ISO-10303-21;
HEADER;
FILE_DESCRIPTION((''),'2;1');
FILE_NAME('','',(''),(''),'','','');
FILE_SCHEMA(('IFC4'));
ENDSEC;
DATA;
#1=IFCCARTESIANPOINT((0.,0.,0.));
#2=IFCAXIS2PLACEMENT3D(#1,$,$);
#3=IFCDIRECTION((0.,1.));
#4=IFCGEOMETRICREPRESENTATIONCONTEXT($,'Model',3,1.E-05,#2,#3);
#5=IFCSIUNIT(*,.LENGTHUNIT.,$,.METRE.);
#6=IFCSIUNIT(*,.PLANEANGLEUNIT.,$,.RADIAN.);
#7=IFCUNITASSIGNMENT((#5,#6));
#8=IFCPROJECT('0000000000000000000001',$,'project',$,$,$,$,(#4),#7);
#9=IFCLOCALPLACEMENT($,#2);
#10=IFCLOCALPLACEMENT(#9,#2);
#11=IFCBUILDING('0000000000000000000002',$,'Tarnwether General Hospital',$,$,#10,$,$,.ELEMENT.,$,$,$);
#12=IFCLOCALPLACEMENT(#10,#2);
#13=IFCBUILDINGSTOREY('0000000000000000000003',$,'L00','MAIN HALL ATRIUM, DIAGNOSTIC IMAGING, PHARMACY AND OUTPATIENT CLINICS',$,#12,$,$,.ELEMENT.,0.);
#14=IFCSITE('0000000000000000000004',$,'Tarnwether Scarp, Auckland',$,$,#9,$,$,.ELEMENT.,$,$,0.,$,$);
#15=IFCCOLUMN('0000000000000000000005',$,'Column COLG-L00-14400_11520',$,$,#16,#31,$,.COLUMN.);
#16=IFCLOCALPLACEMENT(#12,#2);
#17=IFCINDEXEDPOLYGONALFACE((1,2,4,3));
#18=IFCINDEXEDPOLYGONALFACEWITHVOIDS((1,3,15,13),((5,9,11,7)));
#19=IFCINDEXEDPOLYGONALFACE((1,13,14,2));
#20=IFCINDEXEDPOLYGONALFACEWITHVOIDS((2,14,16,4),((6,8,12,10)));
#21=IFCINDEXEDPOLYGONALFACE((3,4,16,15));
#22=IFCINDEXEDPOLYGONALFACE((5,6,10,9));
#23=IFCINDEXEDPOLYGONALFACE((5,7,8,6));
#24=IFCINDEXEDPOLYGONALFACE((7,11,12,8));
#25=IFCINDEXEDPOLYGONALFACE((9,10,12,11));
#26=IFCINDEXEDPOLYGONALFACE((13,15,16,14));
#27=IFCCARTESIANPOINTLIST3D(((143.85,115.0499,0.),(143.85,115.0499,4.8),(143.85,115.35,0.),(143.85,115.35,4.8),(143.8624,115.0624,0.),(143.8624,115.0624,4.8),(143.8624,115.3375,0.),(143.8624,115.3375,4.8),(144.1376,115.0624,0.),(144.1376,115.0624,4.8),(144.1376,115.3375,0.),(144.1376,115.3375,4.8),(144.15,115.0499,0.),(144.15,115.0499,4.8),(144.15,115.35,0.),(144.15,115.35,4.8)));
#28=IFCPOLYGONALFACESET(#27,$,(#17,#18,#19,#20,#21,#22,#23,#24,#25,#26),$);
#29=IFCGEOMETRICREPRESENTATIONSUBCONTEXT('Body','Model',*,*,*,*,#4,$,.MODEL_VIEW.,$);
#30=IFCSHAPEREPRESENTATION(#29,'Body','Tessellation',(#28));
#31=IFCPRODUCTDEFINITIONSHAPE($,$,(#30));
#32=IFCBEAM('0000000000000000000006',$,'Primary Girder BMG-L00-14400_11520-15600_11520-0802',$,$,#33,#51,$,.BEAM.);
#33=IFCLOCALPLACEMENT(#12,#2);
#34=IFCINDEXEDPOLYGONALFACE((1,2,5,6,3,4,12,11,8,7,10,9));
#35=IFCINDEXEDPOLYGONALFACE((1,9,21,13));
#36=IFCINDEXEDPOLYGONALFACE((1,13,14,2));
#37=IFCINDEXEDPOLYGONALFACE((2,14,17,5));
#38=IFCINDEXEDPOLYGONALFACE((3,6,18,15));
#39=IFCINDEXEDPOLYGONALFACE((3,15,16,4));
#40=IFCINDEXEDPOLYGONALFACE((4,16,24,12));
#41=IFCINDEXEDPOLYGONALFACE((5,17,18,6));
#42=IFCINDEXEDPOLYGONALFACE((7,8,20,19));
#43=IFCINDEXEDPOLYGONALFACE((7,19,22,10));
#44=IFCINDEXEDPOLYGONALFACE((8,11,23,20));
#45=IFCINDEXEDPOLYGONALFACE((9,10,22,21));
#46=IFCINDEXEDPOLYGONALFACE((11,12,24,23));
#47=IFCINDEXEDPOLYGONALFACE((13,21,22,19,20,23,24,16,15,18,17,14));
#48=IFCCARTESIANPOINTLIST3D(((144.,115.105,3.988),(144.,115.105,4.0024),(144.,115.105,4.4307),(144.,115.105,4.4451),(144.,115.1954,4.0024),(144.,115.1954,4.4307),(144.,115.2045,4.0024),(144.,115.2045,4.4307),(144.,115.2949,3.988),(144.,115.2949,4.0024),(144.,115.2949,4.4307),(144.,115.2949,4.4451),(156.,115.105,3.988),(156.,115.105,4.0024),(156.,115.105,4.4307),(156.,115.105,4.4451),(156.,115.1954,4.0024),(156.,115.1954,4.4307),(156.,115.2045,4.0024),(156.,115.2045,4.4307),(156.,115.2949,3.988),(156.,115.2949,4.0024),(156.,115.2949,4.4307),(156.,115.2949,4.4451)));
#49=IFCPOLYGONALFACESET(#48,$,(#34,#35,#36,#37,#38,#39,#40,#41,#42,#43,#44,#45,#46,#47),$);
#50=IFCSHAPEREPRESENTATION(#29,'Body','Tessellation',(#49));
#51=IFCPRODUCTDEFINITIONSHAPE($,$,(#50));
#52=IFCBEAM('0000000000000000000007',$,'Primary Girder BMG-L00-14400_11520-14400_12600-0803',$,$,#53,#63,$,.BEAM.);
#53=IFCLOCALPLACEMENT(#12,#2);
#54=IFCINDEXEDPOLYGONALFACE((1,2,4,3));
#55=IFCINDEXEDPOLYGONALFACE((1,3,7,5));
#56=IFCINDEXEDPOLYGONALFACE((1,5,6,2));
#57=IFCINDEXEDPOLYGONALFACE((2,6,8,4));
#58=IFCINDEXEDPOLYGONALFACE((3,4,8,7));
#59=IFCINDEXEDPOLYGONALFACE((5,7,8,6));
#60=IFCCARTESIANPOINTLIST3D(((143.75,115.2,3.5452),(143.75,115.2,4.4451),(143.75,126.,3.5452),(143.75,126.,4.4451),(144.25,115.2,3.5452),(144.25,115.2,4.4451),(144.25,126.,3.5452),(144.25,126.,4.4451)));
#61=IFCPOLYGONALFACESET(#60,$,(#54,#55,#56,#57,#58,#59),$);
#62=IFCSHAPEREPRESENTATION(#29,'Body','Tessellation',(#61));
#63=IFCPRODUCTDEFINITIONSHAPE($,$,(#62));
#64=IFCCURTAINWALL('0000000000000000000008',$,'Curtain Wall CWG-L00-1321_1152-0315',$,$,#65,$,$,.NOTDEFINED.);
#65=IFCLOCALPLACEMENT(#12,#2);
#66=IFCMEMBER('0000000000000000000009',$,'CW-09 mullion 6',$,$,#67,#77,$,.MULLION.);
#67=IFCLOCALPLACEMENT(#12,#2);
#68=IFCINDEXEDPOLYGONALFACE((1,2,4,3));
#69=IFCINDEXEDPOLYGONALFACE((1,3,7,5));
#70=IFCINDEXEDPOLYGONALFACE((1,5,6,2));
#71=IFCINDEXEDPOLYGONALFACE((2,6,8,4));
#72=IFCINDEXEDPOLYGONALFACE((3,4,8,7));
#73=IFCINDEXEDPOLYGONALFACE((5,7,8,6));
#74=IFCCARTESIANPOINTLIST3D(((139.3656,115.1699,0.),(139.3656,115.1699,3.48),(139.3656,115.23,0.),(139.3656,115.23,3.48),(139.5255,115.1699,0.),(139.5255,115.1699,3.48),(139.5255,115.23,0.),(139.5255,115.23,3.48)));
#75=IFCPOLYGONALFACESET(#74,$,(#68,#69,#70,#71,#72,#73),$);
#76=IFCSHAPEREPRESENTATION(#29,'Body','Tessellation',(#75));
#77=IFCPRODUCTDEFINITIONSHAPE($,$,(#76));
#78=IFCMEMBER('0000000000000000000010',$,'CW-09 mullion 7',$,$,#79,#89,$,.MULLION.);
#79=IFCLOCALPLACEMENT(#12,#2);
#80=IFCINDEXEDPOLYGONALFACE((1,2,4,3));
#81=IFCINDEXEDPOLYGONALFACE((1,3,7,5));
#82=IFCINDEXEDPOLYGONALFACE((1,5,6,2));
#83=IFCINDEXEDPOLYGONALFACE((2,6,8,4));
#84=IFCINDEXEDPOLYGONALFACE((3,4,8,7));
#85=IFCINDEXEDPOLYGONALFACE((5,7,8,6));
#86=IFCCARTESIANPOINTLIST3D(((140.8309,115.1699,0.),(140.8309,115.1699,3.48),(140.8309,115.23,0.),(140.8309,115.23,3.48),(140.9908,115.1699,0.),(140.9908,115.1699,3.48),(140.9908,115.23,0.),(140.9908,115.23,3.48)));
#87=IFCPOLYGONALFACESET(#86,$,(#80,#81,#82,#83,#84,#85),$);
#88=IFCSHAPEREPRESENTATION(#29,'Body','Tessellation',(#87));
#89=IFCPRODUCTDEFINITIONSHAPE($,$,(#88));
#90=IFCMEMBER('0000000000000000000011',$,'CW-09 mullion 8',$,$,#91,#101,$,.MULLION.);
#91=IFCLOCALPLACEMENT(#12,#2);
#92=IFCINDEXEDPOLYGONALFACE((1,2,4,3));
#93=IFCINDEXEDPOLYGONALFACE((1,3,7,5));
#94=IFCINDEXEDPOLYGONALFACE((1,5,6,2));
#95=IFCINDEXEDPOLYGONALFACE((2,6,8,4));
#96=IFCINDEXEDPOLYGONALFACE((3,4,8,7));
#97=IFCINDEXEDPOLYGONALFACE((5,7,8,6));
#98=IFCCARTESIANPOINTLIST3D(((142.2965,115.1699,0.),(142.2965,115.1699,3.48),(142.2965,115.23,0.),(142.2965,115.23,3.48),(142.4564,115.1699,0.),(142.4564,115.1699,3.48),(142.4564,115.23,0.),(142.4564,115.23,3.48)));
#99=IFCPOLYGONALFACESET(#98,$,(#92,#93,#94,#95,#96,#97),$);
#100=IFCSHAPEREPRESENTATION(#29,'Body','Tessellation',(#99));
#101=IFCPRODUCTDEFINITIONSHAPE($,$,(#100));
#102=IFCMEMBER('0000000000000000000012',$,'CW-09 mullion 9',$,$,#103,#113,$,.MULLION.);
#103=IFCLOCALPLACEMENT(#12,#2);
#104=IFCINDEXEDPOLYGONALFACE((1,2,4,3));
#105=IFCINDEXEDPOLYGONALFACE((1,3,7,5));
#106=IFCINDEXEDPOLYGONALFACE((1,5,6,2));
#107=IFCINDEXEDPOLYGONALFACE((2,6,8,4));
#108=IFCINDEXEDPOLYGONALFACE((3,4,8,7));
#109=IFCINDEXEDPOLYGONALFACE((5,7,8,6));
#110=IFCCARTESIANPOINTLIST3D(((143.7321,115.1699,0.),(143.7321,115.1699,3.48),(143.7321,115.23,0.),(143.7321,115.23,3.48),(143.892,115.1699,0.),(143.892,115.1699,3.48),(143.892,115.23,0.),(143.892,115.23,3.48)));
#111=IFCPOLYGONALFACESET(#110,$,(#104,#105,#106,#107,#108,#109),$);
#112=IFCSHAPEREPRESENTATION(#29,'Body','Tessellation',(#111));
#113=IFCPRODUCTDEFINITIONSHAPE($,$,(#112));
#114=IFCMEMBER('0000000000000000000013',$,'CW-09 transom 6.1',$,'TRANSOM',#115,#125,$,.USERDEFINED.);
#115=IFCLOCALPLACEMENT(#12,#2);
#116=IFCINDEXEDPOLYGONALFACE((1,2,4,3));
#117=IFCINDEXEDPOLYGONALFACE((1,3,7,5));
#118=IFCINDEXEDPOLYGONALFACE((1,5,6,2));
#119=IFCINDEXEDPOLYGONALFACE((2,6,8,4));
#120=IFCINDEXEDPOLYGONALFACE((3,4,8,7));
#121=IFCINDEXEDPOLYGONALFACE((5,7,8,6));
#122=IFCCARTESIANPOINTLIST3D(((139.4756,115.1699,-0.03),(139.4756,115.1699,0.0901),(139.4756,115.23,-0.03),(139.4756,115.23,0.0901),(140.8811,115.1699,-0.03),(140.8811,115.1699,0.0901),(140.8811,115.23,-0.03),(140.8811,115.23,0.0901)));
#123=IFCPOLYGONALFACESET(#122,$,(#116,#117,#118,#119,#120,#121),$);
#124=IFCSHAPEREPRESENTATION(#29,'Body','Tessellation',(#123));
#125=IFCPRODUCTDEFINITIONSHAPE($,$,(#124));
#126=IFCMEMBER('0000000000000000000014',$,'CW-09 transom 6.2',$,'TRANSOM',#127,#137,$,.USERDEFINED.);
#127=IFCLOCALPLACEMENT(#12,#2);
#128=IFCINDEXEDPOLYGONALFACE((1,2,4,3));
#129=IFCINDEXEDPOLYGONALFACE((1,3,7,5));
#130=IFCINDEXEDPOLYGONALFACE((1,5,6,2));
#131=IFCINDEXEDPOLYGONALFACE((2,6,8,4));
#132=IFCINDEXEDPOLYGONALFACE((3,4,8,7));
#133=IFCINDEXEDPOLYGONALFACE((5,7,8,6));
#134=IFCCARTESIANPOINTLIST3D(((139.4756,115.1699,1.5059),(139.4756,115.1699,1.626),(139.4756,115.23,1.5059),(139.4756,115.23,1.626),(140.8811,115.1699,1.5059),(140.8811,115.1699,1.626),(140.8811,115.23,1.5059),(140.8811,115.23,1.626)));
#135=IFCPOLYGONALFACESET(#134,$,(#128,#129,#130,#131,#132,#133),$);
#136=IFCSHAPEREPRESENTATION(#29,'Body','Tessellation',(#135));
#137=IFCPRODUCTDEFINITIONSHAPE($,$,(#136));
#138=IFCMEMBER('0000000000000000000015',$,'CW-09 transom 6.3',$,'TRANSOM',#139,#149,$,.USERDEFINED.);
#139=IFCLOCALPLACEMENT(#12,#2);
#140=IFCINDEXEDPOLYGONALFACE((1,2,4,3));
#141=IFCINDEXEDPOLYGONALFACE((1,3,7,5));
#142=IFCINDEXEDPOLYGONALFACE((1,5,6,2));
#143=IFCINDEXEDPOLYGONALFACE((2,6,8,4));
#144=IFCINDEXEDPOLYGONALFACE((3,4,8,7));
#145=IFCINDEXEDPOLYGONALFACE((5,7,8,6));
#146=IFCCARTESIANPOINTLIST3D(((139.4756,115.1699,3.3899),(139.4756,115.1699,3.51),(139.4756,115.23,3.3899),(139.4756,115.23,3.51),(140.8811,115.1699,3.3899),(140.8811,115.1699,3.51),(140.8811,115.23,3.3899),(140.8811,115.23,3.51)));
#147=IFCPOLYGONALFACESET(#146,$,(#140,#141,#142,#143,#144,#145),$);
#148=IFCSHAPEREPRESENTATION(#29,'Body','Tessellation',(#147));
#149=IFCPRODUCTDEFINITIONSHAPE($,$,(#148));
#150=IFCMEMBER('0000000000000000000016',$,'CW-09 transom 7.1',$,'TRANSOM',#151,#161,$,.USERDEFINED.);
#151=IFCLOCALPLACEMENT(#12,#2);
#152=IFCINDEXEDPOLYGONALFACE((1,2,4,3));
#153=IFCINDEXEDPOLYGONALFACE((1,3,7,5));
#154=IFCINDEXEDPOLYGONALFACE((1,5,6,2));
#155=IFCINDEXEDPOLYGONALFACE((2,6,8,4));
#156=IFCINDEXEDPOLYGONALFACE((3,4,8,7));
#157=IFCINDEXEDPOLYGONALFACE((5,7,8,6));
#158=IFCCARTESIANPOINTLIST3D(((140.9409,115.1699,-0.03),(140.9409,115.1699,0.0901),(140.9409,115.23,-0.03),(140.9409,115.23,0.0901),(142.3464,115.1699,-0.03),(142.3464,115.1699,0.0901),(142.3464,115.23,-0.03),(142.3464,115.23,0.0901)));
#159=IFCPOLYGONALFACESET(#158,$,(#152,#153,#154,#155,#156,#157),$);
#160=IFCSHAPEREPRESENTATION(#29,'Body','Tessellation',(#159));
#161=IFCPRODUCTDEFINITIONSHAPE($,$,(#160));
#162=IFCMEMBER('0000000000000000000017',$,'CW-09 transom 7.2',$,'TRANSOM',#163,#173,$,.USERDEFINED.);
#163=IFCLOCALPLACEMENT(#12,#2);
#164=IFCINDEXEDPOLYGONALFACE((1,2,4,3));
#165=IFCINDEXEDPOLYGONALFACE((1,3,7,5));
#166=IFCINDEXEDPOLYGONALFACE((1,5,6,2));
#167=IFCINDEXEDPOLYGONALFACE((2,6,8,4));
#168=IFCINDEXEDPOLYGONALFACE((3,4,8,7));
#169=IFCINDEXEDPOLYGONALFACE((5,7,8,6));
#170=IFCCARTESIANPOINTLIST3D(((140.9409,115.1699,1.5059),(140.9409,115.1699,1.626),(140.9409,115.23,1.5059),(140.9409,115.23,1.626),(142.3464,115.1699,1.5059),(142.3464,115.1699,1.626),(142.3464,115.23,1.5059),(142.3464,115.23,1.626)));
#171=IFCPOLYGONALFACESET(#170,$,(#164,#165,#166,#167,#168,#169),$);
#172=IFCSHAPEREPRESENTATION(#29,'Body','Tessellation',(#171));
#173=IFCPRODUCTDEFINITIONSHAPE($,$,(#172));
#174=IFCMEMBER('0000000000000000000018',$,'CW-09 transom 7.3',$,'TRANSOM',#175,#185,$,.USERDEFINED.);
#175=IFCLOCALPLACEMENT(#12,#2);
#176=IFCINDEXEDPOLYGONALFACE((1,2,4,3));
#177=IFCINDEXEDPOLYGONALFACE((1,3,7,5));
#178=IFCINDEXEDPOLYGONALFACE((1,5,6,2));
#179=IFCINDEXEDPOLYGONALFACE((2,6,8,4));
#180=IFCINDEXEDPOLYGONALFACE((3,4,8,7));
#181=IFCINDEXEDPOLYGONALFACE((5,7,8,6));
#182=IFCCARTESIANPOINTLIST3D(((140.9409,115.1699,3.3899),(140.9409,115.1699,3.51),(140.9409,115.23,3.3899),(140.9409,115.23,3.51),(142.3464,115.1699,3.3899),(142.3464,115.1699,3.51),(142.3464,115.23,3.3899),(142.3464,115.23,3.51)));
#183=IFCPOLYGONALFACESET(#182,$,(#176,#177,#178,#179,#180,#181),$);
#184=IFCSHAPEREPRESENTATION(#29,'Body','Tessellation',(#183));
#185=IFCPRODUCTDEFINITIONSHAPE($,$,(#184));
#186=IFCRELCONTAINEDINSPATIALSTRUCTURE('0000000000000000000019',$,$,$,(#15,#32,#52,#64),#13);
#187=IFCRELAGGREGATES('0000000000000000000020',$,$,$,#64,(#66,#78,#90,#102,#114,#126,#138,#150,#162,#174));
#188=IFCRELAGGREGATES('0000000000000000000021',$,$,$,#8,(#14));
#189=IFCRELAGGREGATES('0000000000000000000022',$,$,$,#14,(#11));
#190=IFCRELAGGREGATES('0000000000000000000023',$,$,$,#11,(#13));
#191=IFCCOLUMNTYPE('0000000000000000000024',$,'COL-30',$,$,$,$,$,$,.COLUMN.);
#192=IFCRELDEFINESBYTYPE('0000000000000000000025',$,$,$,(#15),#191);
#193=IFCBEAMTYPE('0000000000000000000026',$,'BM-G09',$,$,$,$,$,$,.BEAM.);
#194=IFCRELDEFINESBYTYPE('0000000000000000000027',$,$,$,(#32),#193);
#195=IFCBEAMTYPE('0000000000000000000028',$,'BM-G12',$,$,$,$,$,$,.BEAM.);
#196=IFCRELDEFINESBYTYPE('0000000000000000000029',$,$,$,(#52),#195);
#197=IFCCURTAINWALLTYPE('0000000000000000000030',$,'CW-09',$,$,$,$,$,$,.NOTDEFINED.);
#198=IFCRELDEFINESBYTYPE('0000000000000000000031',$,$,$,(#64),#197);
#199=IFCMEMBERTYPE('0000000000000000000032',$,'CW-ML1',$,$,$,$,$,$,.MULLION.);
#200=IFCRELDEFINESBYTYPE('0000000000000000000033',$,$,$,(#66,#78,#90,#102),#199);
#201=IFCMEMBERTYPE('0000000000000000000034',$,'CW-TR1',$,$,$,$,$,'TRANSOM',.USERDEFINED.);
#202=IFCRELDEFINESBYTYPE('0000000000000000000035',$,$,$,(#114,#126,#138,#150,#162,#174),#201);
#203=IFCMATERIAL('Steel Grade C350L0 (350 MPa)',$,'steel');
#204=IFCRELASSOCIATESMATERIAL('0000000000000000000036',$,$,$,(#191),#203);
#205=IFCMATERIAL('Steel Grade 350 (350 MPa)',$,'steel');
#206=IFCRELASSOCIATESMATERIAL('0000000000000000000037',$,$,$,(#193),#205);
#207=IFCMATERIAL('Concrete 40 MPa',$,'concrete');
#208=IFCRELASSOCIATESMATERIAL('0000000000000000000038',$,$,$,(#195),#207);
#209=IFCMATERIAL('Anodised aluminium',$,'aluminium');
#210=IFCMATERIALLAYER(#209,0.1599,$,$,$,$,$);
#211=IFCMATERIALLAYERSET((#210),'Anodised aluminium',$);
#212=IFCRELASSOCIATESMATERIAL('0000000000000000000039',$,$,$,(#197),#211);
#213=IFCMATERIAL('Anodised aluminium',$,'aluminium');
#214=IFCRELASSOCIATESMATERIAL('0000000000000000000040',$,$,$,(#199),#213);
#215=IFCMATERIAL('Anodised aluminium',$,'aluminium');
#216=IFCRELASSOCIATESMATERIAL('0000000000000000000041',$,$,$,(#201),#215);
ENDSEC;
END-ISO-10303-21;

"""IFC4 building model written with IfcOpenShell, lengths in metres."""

from ifc_helpers import new_model, si_unit, direction, frame, origin, origin_2d, place, context, subcontext, project, spatial, rectangle, hollow_rectangle, i_section, extrude, material, layer, layer_set, material_profile, profile_set, type_object, element, aggregate, save


model = new_model("IFC4")

# Units and contexts
model_context = context("Model", 3, precision=1e-05, world=origin(), true_north=direction((0.0, 1.0)))
body_context = subcontext(model_context, "Body", "Model", "MODEL_VIEW")
ifc_project = project(units=[si_unit("LENGTHUNIT", "METRE"), si_unit("PLANEANGLEUNIT", "RADIAN")], contexts=[model_context])

# Site, building, storey
site_placement = place(None, origin())
site = spatial("IfcSite", under=ifc_project, at=site_placement, Name="Tarnwether Scarp, Auckland", CompositionType="ELEMENT", RefElevation=0.0)
building_placement = place(site_placement, origin())
building = spatial("IfcBuilding", under=site, at=building_placement, Name="Tarnwether General Hospital", CompositionType="ELEMENT")
storey_placement = place(building_placement, origin())
storey = spatial("IfcBuildingStorey", under=building, at=storey_placement, Name="L00", Description="MAIN HALL ATRIUM, DIAGNOSTIC IMAGING, PHARMACY AND OUTPATIENT CLINICS", CompositionType="ELEMENT", Elevation=0.0)

# Column
ifc_material_1 = material(Name="Steel Grade C350L0 (350 MPa)", Category="steel")
ifc_material_profile_1 = material_profile(ifc_material_1, hollow_rectangle(XDim=0.3, YDim=0.3, WallThickness=0.0125, at=origin_2d()), Name="SHS300x300x12.5")
ifc_profile_set_1 = profile_set([ifc_material_profile_1], Name="Steel Grade C350L0 (350 MPa)")
column_type = type_object("IfcColumnType", Name="COL-30", PredefinedType="COLUMN", material=ifc_profile_set_1)
column_placement = place(storey_placement, frame((144.0, 115.2, 0.0), z_axis=(0.0, 0.0, 1.0), x_axis=(1.0, 0.0, 0.0)))
element("IfcColumn", 1, at=column_placement, inside=storey, type_object=column_type, Name="Column COLG-L00-14400_11520", PredefinedType="COLUMN", context=body_context, shape_type="SweptSolid", body=[
    extrude(hollow_rectangle(XDim=0.3, YDim=0.3, WallThickness=0.0125, at=origin_2d()), origin(), (0.0, 0.0, 1.0), 4.8),
])

# Beams
ifc_material_2 = material(Name="Steel Grade 350 (350 MPa)", Category="steel")
ifc_material_profile_2 = material_profile(ifc_material_2, i_section(OverallWidth=0.1899, OverallDepth=0.457, WebThickness=0.009, FlangeThickness=0.0144, at=origin_2d()), Name="460UB74.6")
ifc_profile_set_2 = profile_set([ifc_material_profile_2], Name="Steel Grade 350 (350 MPa)")
beam_type_1 = type_object("IfcBeamType", Name="BM-G09", PredefinedType="BEAM", material=ifc_profile_set_2)
beam_1_placement = place(storey_placement, frame((144.0, 115.2, 4.2166), z_axis=(1.0, 0.0, 0.0), x_axis=(0.0, 1.0, 0.0)))
element("IfcBeam", 2, at=beam_1_placement, inside=storey, type_object=beam_type_1, Name="Primary Girder BMG-L00-14400_11520-15600_11520-0802", PredefinedType="BEAM", context=body_context, shape_type="SweptSolid", body=[
    extrude(i_section(OverallWidth=0.1899, OverallDepth=0.457, WebThickness=0.009, FlangeThickness=0.0144, at=origin_2d()), origin(), (0.0, 0.0, 1.0), 12.0),
])
ifc_material_3 = material(Name="Concrete 40 MPa", Category="concrete")
ifc_material_profile_3 = material_profile(ifc_material_3, rectangle(XDim=0.5, YDim=0.8999, at=origin_2d()), Name="RC-BM-500x900")
ifc_profile_set_3 = profile_set([ifc_material_profile_3], Name="Concrete 40 MPa")
beam_type_2 = type_object("IfcBeamType", Name="BM-G12", PredefinedType="BEAM", material=ifc_profile_set_3)
beam_2_placement = place(storey_placement, frame((144.0, 115.2, 3.9951), z_axis=(0.0, 1.0, 0.0), x_axis=(-1.0, 0.0, 0.0)))
element("IfcBeam", 3, at=beam_2_placement, inside=storey, type_object=beam_type_2, Name="Primary Girder BMG-L00-14400_11520-14400_12600-0803", PredefinedType="BEAM", context=body_context, shape_type="SweptSolid", body=[
    extrude(rectangle(XDim=0.5, YDim=0.8999, at=origin_2d()), origin(), (0.0, 0.0, 1.0), 10.8),
])

# Curtain wall, members
ifc_material_4 = material(Name="Anodised aluminium", Category="aluminium")
ifc_layer_1 = layer(ifc_material_4, 0.1599)
ifc_layer_set_1 = layer_set([ifc_layer_1], Name="Anodised aluminium")
curtain_wall_type = type_object("IfcCurtainWallType", Name="CW-09", PredefinedType="NOTDEFINED", material=ifc_layer_set_1)
curtain_wall_placement = place(storey_placement, origin())
curtain_wall = element("IfcCurtainWall", 4, at=curtain_wall_placement, inside=storey, type_object=curtain_wall_type, Name="Curtain Wall CWG-L00-1321_1152-0315", PredefinedType="NOTDEFINED")
ifc_material_5 = material(Name="Anodised aluminium", Category="aluminium")
ifc_material_profile_4 = material_profile(ifc_material_5, rectangle(XDim=0.0601, YDim=0.1599, at=origin_2d()), Name="ALU-MUL-60x160")
ifc_profile_set_4 = profile_set([ifc_material_profile_4], Name="Anodised aluminium")
member_type_1 = type_object("IfcMemberType", Name="CW-ML1", PredefinedType="MULLION", material=ifc_profile_set_4)
member_1_placement = place(storey_placement, frame((139.4456, 115.2, 0.0), z_axis=(0.0, 0.0, 1.0), x_axis=(0.0, 1.0, 0.0)))
member_1 = element("IfcMember", 5, at=member_1_placement, type_object=member_type_1, Name="CW-09 mullion 6", PredefinedType="MULLION", context=body_context, shape_type="SweptSolid", body=[
    extrude(rectangle(XDim=0.0601, YDim=0.1599, at=origin_2d()), origin(), (0.0, 0.0, 1.0), 3.48),
])
member_2_placement = place(storey_placement, frame((140.9109, 115.2, 0.0), z_axis=(0.0, 0.0, 1.0), x_axis=(0.0, 1.0, 0.0)))
member_2 = element("IfcMember", 6, at=member_2_placement, type_object=member_type_1, Name="CW-09 mullion 7", PredefinedType="MULLION", context=body_context, shape_type="SweptSolid", body=[
    extrude(rectangle(XDim=0.0601, YDim=0.1599, at=origin_2d()), origin(), (0.0, 0.0, 1.0), 3.48),
])
member_3_placement = place(storey_placement, frame((142.3765, 115.2, 0.0), z_axis=(0.0, 0.0, 1.0), x_axis=(0.0, 1.0, 0.0)))
member_3 = element("IfcMember", 7, at=member_3_placement, type_object=member_type_1, Name="CW-09 mullion 8", PredefinedType="MULLION", context=body_context, shape_type="SweptSolid", body=[
    extrude(rectangle(XDim=0.0601, YDim=0.1599, at=origin_2d()), origin(), (0.0, 0.0, 1.0), 3.48),
])
member_4_placement = place(storey_placement, frame((143.812, 115.2, 0.0), z_axis=(0.0, 0.0, 1.0), x_axis=(0.0, 1.0, 0.0)))
member_4 = element("IfcMember", 8, at=member_4_placement, type_object=member_type_1, Name="CW-09 mullion 9", PredefinedType="MULLION", context=body_context, shape_type="SweptSolid", body=[
    extrude(rectangle(XDim=0.0601, YDim=0.1599, at=origin_2d()), origin(), (0.0, 0.0, 1.0), 3.48),
])
ifc_material_6 = material(Name="Anodised aluminium", Category="aluminium")
ifc_material_profile_5 = material_profile(ifc_material_6, rectangle(XDim=0.0601, YDim=0.1201, at=origin_2d()), Name="ALU-TRN-60x120")
ifc_profile_set_5 = profile_set([ifc_material_profile_5], Name="Anodised aluminium")
member_type_2 = type_object("IfcMemberType", Name="CW-TR1", ElementType="TRANSOM", PredefinedType="USERDEFINED", material=ifc_profile_set_5)
member_5_placement = place(storey_placement, frame((139.4756, 115.2, 0.03), z_axis=(1.0, 0.0, 0.0), x_axis=(0.0, 1.0, 0.0)))
member_5 = element("IfcMember", 9, at=member_5_placement, type_object=member_type_2, Name="CW-09 transom 6.1", ObjectType="TRANSOM", PredefinedType="USERDEFINED", context=body_context, shape_type="SweptSolid", body=[
    extrude(rectangle(XDim=0.0601, YDim=0.1201, at=origin_2d()), origin(), (0.0, 0.0, 1.0), 1.4055),
])
member_6_placement = place(storey_placement, frame((139.4756, 115.2, 1.5659), z_axis=(1.0, 0.0, 0.0), x_axis=(0.0, 1.0, 0.0)))
member_6 = element("IfcMember", 10, at=member_6_placement, type_object=member_type_2, Name="CW-09 transom 6.2", ObjectType="TRANSOM", PredefinedType="USERDEFINED", context=body_context, shape_type="SweptSolid", body=[
    extrude(rectangle(XDim=0.0601, YDim=0.1201, at=origin_2d()), origin(), (0.0, 0.0, 1.0), 1.4055),
])
member_7_placement = place(storey_placement, frame((139.4756, 115.2, 3.45), z_axis=(1.0, 0.0, 0.0), x_axis=(0.0, 1.0, 0.0)))
member_7 = element("IfcMember", 11, at=member_7_placement, type_object=member_type_2, Name="CW-09 transom 6.3", ObjectType="TRANSOM", PredefinedType="USERDEFINED", context=body_context, shape_type="SweptSolid", body=[
    extrude(rectangle(XDim=0.0601, YDim=0.1201, at=origin_2d()), origin(), (0.0, 0.0, 1.0), 1.4055),
])
member_8_placement = place(storey_placement, frame((140.9409, 115.2, 0.03), z_axis=(1.0, 0.0, 0.0), x_axis=(0.0, 1.0, 0.0)))
member_8 = element("IfcMember", 12, at=member_8_placement, type_object=member_type_2, Name="CW-09 transom 7.1", ObjectType="TRANSOM", PredefinedType="USERDEFINED", context=body_context, shape_type="SweptSolid", body=[
    extrude(rectangle(XDim=0.0601, YDim=0.1201, at=origin_2d()), origin(), (0.0, 0.0, 1.0), 1.4055),
])
member_9_placement = place(storey_placement, frame((140.9409, 115.2, 1.5659), z_axis=(1.0, 0.0, 0.0), x_axis=(0.0, 1.0, 0.0)))
member_9 = element("IfcMember", 13, at=member_9_placement, type_object=member_type_2, Name="CW-09 transom 7.2", ObjectType="TRANSOM", PredefinedType="USERDEFINED", context=body_context, shape_type="SweptSolid", body=[
    extrude(rectangle(XDim=0.0601, YDim=0.1201, at=origin_2d()), origin(), (0.0, 0.0, 1.0), 1.4055),
])
member_10_placement = place(storey_placement, frame((140.9409, 115.2, 3.45), z_axis=(1.0, 0.0, 0.0), x_axis=(0.0, 1.0, 0.0)))
member_10 = element("IfcMember", 14, at=member_10_placement, type_object=member_type_2, Name="CW-09 transom 7.3", ObjectType="TRANSOM", PredefinedType="USERDEFINED", context=body_context, shape_type="SweptSolid", body=[
    extrude(rectangle(XDim=0.0601, YDim=0.1201, at=origin_2d()), origin(), (0.0, 0.0, 1.0), 1.4055),
])
aggregate(curtain_wall, [member_1, member_2, member_3, member_4, member_5, member_6, member_7, member_8, member_9, member_10])

save(model, "model.ifc")
